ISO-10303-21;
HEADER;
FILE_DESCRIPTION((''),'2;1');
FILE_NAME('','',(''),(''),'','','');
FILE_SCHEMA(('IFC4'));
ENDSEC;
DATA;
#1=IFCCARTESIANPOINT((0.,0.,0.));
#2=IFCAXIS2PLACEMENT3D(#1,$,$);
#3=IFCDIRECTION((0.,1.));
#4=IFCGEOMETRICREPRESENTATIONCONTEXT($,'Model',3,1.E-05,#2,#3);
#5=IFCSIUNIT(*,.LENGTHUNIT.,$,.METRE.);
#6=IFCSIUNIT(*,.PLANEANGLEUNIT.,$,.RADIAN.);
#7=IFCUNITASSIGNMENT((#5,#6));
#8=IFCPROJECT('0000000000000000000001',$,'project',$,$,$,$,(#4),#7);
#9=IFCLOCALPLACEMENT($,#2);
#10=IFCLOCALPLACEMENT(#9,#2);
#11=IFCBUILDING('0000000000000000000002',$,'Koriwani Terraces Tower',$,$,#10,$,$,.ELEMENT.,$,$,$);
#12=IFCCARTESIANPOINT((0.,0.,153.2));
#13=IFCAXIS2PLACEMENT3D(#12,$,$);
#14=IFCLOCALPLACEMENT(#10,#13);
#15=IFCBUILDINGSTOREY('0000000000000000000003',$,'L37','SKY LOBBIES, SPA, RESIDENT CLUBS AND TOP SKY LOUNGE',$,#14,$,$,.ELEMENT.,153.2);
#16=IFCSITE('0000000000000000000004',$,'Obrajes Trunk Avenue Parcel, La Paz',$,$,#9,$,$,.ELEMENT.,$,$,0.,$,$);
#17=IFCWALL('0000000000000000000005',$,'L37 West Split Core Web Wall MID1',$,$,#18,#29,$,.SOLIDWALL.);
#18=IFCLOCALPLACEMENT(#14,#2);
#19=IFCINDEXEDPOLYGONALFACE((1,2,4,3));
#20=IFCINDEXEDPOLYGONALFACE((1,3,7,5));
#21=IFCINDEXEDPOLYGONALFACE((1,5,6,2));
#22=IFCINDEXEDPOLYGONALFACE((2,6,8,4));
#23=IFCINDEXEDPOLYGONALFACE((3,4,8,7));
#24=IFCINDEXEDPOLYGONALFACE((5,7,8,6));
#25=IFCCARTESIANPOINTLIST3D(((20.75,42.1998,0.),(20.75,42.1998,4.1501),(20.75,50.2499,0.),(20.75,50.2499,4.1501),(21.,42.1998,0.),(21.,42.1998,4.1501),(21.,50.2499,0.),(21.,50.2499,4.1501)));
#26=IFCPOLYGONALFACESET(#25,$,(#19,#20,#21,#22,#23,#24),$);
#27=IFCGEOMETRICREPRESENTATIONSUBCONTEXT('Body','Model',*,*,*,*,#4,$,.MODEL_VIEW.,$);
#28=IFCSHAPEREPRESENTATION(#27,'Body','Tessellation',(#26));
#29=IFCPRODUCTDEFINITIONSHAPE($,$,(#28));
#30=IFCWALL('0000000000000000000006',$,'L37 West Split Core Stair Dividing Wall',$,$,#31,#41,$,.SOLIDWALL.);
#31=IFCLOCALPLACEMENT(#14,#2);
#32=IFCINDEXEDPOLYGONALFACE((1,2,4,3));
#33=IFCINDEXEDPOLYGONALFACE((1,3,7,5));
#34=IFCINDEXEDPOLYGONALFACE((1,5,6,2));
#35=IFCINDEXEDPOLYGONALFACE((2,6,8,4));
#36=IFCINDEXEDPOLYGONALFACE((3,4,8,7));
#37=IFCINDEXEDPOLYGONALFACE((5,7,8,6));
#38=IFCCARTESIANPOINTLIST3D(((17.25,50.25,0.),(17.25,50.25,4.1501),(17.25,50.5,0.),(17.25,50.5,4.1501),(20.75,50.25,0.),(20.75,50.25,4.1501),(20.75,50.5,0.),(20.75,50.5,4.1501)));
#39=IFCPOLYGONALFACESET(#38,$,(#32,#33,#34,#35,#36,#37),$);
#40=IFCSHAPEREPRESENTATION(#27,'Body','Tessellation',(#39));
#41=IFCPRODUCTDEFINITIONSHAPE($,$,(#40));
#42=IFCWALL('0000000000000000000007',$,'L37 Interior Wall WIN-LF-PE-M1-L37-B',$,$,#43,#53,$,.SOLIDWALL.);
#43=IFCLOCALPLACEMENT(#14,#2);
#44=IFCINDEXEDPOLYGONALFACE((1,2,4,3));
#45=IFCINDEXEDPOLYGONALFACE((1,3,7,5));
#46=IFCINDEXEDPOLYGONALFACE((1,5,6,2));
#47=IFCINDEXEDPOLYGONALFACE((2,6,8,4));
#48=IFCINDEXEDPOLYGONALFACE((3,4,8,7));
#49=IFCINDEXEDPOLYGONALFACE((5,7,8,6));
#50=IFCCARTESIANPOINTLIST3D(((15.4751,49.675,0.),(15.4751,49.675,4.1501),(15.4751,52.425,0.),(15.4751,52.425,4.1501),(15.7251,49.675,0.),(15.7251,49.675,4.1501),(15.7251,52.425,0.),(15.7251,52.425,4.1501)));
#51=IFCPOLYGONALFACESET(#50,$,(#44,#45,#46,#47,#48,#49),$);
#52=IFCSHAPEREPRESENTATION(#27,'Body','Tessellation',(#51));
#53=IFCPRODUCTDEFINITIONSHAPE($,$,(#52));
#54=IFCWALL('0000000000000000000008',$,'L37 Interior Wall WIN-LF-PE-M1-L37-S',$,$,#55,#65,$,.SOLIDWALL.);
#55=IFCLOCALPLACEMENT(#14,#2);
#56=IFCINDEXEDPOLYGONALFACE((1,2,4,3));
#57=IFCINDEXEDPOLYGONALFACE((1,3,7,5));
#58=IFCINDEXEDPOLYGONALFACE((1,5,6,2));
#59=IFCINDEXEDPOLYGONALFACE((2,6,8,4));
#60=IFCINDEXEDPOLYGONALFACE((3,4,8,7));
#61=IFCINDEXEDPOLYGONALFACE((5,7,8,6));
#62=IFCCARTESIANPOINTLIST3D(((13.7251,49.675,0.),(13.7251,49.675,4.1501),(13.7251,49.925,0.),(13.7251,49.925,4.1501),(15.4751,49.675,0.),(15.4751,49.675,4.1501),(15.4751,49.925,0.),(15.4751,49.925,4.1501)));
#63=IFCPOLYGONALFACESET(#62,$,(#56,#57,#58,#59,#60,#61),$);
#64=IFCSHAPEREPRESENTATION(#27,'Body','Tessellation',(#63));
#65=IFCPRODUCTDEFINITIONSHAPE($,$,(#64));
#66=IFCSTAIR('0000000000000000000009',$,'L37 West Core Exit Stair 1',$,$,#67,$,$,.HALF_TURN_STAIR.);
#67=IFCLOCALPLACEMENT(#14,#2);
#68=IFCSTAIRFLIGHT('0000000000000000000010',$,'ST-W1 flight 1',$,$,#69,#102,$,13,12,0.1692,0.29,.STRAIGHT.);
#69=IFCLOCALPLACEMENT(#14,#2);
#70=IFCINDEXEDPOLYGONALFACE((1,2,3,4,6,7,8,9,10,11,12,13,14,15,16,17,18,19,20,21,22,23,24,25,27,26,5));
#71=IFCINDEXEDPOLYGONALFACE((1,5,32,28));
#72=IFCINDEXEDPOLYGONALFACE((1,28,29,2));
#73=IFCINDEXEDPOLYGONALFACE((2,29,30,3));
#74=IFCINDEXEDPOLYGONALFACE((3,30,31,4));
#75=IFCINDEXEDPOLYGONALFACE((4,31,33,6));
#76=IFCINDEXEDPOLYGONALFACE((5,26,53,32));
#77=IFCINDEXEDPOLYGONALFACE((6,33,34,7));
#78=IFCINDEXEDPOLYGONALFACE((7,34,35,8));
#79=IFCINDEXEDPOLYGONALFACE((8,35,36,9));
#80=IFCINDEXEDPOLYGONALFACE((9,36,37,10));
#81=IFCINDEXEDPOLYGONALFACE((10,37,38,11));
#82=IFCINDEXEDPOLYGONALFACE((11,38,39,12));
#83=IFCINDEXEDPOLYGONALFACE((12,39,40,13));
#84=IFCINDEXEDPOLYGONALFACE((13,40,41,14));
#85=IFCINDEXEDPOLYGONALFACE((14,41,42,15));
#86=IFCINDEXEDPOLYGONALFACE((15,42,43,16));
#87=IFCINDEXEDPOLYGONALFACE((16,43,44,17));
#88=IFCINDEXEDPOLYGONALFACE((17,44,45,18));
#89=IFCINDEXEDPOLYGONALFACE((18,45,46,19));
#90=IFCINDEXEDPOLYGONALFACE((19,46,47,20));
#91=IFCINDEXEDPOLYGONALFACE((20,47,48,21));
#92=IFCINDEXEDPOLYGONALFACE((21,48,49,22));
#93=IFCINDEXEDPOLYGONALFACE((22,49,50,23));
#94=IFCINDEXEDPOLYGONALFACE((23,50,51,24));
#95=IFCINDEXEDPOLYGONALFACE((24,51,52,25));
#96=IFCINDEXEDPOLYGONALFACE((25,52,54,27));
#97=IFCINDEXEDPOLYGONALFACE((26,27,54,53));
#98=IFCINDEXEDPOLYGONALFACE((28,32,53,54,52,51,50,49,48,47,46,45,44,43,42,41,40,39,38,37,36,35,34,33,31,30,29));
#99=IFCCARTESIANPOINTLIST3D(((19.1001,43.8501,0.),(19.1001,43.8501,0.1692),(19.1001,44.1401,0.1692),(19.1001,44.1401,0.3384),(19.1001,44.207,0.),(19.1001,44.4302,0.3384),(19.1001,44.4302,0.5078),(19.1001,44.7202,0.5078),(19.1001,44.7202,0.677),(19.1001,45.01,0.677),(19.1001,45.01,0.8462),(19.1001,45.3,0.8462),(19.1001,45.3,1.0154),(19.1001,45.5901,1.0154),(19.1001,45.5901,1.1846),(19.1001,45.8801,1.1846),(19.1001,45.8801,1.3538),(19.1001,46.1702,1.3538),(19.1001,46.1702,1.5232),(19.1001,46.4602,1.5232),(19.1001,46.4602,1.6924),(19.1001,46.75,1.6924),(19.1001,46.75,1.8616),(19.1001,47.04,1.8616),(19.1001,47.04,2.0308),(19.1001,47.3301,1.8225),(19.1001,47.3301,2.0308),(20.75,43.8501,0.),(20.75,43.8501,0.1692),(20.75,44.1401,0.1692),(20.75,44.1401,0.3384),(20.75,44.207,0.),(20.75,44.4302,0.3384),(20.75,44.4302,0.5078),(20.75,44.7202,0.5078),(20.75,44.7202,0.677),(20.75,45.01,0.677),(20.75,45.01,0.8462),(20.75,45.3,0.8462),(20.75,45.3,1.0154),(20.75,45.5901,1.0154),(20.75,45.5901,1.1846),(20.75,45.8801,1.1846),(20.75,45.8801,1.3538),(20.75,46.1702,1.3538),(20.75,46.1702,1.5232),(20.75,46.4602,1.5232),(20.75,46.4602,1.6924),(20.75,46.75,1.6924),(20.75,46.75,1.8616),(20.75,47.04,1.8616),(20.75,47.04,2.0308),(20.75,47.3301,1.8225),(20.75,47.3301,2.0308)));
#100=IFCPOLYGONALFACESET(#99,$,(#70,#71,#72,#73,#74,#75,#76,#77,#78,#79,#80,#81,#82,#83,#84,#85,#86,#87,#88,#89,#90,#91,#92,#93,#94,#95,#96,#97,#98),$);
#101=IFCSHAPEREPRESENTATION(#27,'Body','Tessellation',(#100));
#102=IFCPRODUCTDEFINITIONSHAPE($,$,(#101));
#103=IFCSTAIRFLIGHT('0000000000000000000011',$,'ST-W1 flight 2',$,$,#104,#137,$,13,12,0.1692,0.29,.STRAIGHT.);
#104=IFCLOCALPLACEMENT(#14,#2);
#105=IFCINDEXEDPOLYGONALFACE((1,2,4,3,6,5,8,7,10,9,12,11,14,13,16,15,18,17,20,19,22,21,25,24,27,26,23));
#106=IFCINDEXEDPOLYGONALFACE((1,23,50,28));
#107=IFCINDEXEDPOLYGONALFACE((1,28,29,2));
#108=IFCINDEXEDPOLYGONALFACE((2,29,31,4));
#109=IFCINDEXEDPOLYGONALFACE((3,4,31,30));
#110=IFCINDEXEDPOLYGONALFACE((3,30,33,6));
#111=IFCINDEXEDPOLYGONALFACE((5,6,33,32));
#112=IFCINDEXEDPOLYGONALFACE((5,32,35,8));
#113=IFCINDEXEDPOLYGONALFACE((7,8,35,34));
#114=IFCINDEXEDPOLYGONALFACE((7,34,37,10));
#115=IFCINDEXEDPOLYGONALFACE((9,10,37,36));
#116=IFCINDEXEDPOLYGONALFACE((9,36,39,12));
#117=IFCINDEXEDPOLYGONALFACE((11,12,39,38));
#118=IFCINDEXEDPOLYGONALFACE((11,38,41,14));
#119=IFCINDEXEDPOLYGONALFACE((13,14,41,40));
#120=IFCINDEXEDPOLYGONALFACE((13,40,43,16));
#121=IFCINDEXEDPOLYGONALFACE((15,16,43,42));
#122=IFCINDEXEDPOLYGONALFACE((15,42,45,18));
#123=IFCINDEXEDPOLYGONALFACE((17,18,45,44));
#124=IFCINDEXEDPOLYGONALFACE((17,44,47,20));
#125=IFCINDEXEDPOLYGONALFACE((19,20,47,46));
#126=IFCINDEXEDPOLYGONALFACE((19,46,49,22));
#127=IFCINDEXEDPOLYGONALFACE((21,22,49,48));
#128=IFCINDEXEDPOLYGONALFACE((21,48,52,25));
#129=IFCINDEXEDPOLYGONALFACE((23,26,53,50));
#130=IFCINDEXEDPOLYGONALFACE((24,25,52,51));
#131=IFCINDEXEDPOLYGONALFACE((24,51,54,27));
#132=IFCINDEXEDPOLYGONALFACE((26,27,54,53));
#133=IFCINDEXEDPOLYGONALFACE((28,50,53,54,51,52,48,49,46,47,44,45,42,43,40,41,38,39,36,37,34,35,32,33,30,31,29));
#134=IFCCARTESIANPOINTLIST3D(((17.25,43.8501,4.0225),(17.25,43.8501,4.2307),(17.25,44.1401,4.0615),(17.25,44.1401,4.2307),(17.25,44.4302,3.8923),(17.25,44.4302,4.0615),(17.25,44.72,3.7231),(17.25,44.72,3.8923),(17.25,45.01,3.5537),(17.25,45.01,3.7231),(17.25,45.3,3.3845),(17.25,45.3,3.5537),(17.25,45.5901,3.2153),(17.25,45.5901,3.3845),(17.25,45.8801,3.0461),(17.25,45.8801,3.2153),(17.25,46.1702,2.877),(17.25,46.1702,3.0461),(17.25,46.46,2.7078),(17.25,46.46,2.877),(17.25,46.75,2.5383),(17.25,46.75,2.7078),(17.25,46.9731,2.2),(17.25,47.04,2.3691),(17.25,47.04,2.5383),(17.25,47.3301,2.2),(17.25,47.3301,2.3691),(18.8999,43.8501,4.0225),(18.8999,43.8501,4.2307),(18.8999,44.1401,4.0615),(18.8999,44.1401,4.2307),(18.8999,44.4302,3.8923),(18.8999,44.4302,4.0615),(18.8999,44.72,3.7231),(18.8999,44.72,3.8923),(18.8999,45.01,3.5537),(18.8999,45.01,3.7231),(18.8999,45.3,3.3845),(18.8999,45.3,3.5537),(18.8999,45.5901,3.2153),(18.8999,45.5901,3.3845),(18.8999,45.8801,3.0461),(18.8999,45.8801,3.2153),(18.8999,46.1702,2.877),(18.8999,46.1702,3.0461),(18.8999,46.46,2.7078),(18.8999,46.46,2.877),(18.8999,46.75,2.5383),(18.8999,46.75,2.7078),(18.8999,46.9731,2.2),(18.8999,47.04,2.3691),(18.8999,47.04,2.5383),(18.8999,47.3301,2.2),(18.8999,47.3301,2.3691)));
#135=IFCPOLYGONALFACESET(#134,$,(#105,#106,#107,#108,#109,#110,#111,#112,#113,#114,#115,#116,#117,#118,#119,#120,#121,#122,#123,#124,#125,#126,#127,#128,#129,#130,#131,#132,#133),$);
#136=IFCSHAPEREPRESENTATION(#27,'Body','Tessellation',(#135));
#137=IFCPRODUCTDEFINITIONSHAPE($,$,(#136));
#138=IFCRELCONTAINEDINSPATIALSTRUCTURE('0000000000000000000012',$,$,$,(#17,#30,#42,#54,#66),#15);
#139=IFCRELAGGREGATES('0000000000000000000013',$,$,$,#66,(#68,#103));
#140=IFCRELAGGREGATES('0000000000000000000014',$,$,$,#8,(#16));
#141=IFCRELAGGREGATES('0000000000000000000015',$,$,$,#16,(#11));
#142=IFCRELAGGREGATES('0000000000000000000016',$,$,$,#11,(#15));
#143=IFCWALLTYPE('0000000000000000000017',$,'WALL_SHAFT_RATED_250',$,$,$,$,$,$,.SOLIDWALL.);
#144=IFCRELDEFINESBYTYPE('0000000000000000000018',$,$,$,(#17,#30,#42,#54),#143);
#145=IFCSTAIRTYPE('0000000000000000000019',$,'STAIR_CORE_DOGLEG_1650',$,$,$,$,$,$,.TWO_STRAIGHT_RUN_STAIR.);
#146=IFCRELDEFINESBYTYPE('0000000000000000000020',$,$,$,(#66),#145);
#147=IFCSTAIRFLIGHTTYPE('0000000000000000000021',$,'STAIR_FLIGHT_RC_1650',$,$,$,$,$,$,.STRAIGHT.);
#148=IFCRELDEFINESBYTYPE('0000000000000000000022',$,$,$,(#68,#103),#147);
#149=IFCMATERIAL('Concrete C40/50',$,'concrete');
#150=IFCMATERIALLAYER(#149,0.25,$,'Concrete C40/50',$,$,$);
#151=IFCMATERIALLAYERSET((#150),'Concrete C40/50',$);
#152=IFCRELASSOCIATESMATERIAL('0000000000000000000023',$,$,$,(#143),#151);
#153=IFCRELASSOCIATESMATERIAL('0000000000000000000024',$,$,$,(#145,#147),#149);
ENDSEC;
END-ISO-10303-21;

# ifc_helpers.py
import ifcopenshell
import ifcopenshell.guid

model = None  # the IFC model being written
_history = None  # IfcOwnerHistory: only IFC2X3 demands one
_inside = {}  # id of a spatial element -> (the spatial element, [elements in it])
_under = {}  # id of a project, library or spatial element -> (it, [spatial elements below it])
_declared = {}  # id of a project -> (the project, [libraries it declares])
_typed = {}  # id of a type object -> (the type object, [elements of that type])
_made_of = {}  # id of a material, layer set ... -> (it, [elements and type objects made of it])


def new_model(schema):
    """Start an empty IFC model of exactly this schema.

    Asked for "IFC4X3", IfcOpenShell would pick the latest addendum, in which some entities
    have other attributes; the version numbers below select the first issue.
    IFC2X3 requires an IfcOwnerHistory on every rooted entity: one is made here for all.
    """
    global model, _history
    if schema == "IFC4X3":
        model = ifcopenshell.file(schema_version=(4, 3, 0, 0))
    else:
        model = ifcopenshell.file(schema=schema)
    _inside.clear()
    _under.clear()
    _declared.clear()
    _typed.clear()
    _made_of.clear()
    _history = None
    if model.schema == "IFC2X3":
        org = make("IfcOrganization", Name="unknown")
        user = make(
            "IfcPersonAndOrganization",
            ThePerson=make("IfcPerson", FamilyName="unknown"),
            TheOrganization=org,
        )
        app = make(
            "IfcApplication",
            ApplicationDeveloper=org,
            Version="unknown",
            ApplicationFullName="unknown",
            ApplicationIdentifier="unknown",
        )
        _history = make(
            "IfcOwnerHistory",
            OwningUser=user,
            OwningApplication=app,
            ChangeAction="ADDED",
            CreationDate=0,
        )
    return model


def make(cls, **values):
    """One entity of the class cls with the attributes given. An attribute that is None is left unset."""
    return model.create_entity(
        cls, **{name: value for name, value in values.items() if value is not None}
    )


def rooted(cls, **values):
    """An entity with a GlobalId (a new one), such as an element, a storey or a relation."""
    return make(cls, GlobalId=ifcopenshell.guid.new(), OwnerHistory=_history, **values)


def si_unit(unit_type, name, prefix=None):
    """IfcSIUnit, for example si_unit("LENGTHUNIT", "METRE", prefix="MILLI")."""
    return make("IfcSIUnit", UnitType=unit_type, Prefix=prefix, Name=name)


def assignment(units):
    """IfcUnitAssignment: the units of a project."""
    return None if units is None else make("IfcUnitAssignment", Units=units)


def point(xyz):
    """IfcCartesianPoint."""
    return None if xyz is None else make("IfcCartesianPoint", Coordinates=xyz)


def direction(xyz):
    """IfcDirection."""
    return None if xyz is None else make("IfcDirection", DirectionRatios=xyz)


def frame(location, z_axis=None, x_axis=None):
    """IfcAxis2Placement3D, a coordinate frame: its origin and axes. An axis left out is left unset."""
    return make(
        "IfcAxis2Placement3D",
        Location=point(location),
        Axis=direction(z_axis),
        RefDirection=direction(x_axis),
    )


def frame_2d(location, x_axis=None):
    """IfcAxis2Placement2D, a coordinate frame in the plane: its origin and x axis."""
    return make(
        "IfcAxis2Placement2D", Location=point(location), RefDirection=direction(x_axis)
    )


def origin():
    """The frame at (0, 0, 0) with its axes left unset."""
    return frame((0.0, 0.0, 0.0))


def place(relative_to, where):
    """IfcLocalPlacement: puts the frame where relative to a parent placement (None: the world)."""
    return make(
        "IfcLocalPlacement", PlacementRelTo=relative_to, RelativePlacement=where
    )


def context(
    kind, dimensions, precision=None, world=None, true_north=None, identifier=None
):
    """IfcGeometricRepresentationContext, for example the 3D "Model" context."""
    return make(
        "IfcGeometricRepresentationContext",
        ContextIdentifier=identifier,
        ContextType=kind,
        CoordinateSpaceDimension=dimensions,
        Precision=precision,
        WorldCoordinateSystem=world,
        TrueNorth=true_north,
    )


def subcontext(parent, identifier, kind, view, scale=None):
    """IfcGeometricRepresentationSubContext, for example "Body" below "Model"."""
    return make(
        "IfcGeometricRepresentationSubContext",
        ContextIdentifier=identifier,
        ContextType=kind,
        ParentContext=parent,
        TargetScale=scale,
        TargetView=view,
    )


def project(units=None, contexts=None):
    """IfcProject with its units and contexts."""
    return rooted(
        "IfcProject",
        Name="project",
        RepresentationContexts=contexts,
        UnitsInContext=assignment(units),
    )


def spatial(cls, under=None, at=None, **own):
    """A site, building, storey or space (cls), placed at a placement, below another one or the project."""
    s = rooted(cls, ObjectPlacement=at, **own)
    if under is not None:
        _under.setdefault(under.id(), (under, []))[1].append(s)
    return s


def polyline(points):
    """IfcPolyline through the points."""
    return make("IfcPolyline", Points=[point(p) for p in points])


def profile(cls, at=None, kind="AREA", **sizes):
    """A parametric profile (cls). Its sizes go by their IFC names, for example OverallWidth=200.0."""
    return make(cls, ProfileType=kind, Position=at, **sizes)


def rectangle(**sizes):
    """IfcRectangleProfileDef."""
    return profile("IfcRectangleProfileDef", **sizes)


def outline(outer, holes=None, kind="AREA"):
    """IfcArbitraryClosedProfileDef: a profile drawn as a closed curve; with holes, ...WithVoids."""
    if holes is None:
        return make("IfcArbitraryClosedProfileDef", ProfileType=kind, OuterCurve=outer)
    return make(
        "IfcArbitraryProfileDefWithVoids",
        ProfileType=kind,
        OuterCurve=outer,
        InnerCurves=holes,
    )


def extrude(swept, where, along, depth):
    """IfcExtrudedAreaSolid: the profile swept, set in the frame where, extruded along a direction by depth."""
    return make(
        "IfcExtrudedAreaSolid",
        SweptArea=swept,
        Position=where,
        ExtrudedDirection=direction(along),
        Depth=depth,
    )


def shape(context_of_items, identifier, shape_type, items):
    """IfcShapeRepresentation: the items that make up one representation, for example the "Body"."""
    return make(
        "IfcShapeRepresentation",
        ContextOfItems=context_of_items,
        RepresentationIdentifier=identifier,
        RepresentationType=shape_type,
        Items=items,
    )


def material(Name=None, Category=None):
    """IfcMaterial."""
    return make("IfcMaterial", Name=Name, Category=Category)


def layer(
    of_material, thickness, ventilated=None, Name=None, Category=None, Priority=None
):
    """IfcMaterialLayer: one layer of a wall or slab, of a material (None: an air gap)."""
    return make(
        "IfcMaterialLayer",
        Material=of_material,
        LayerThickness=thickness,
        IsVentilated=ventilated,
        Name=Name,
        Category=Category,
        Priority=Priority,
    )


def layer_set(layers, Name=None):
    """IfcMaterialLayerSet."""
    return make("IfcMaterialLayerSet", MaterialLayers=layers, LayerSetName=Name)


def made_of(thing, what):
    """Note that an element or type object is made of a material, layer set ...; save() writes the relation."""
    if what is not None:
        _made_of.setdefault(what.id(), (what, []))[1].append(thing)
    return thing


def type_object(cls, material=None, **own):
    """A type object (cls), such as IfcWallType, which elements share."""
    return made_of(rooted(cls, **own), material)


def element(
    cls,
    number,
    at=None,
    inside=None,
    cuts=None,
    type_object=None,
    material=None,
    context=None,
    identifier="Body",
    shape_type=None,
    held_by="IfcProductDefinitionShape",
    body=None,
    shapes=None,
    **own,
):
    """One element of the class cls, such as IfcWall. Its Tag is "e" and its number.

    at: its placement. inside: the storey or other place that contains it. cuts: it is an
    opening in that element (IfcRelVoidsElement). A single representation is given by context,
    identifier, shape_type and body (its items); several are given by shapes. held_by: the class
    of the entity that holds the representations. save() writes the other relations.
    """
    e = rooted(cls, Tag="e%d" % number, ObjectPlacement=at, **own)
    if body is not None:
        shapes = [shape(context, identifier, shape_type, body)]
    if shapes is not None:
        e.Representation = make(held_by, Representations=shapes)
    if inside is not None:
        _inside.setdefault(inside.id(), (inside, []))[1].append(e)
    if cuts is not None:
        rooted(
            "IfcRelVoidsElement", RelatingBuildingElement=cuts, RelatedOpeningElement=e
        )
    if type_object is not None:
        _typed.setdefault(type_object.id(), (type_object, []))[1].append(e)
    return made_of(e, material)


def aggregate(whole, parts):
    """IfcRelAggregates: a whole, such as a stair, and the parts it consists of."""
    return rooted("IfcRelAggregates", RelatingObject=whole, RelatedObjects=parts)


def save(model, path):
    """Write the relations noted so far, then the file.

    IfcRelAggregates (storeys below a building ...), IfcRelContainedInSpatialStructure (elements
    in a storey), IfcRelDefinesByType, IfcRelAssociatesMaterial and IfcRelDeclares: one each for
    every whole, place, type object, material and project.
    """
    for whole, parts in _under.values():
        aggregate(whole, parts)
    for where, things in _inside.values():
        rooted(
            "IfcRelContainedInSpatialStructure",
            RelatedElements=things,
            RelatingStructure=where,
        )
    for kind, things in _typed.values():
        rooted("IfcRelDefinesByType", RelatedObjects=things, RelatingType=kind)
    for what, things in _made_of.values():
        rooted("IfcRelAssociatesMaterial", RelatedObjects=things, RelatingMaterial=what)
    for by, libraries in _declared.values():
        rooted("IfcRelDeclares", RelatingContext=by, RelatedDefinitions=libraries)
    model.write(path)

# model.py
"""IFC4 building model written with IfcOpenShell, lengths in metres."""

from ifc_helpers import new_model, si_unit, direction, frame, frame_2d, origin, place, context, subcontext, project, spatial, polyline, rectangle, outline, extrude, material, layer, layer_set, type_object, element, aggregate, save


model = new_model("IFC4")

# Units and contexts
model_context = context("Model", 3, precision=1e-05, world=origin(), true_north=direction((0.0, 1.0)))
body_context = subcontext(model_context, "Body", "Model", "MODEL_VIEW")
ifc_project = project(units=[si_unit("LENGTHUNIT", "METRE"), si_unit("PLANEANGLEUNIT", "RADIAN")], contexts=[model_context])

# Site, building, storey
site_placement = place(None, origin())
site = spatial("IfcSite", under=ifc_project, at=site_placement, Name="Obrajes Trunk Avenue Parcel, La Paz", CompositionType="ELEMENT", RefElevation=0.0)
building_placement = place(site_placement, origin())
building = spatial("IfcBuilding", under=site, at=building_placement, Name="Koriwani Terraces Tower", CompositionType="ELEMENT")
storey_placement = place(building_placement, frame((0.0, 0.0, 153.2)))
storey = spatial("IfcBuildingStorey", under=building, at=storey_placement, Name="L37", Description="SKY LOBBIES, SPA, RESIDENT CLUBS AND TOP SKY LOUNGE", CompositionType="ELEMENT", Elevation=153.2)

# Shared definitions
ifc_material_1 = material(Name="Concrete C40/50", Category="concrete")

# Walls
ifc_layer_1 = layer(ifc_material_1, 0.25, Name="Concrete C40/50")
ifc_layer_set_1 = layer_set([ifc_layer_1], Name="Concrete C40/50")
wall_type_1 = type_object("IfcWallType", Name="WALL_SHAFT_RATED_250", PredefinedType="SOLIDWALL", material=ifc_layer_set_1)
wall_1_placement = place(storey_placement, frame((20.875, 42.2, 0.0), z_axis=(0.0, 0.0, 1.0), x_axis=(0.0, 1.0, 0.0)))
element("IfcWall", 1, at=wall_1_placement, inside=storey, type_object=wall_type_1, Name="L37 West Split Core Web Wall MID1", PredefinedType="SOLIDWALL", context=body_context, shape_type="SweptSolid", body=[
    extrude(rectangle(XDim=8.05, YDim=0.25, at=frame_2d((4.0249, 0.0))), origin(), (0.0, 0.0, 1.0), 4.1501),
])
wall_2_placement = place(storey_placement, frame((17.25, 50.375, 0.0), z_axis=(0.0, 0.0, 1.0), x_axis=(1.0, 0.0, 0.0)))
element("IfcWall", 2, at=wall_2_placement, inside=storey, type_object=wall_type_1, Name="L37 West Split Core Stair Dividing Wall", PredefinedType="SOLIDWALL", context=body_context, shape_type="SweptSolid", body=[
    extrude(rectangle(XDim=3.5, YDim=0.25, at=frame_2d((1.75, 0.0))), origin(), (0.0, 0.0, 1.0), 4.1501),
])

# Walls
wall_3_placement = place(storey_placement, frame((15.6001, 49.675, 0.0), z_axis=(0.0, 0.0, 1.0), x_axis=(0.0, 1.0, 0.0)))
element("IfcWall", 3, at=wall_3_placement, inside=storey, type_object=wall_type_1, Name="L37 Interior Wall WIN-LF-PE-M1-L37-B", PredefinedType="SOLIDWALL", context=body_context, shape_type="SweptSolid", body=[
    extrude(rectangle(XDim=2.75, YDim=0.25, at=frame_2d((1.375, 0.0))), origin(), (0.0, 0.0, 1.0), 4.1501),
])
wall_4_placement = place(storey_placement, frame((13.7251, 49.8, 0.0), z_axis=(0.0, 0.0, 1.0), x_axis=(1.0, 0.0, 0.0)))
element("IfcWall", 4, at=wall_4_placement, inside=storey, type_object=wall_type_1, Name="L37 Interior Wall WIN-LF-PE-M1-L37-S", PredefinedType="SOLIDWALL", context=body_context, shape_type="SweptSolid", body=[
    extrude(rectangle(XDim=1.75, YDim=0.25, at=frame_2d((0.875, 0.0))), origin(), (0.0, 0.0, 1.0), 4.1501),
])

# Stair, stair flights
stair_type = type_object("IfcStairType", Name="STAIR_CORE_DOGLEG_1650", PredefinedType="TWO_STRAIGHT_RUN_STAIR", material=ifc_material_1)
stair_placement = place(storey_placement, origin())
stair = element("IfcStair", 5, at=stair_placement, inside=storey, type_object=stair_type, Name="L37 West Core Exit Stair 1", PredefinedType="HALF_TURN_STAIR")
stair_flight_type = type_object("IfcStairFlightType", Name="STAIR_FLIGHT_RC_1650", PredefinedType="STRAIGHT", material=ifc_material_1)
stair_flight_1_placement = place(storey_placement, frame((19.925, 43.8501, 0.0), z_axis=(0.0, 0.0, 1.0), x_axis=(0.0, 1.0, 0.0)))
stair_flight_1 = element("IfcStairFlight", 6, at=stair_flight_1_placement, type_object=stair_flight_type, Name="ST-W1 flight 1", NumberOfRisers=13, NumberOfTreads=12, PredefinedType="STRAIGHT", RiserHeight=0.1692, TreadLength=0.29, context=body_context, shape_type="SweptSolid", body=[
    extrude(outline(polyline([(0.0, 0.0), (0.0, 0.1692), (0.29, 0.1692), (0.29, 0.3384), (0.5801, 0.3384), (0.5801, 0.5078), (0.8701, 0.5078), (0.8701, 0.677), (1.1599, 0.677), (1.1599, 0.8462), (1.45, 0.8462), (1.45, 1.0154), (1.74, 1.0154), (1.74, 1.1846), (2.03, 1.1846), (2.03, 1.3538), (2.3201, 1.3538), (2.3201, 1.5232), (2.6101, 1.5232), (2.6101, 1.6924), (2.8999, 1.6924), (2.8999, 1.8616), (3.1899, 1.8616), (3.1899, 2.0308), (3.48, 2.0308), (3.48, 2.2), (3.48, 1.8225), (0.3569, 0.0), (0.0, 0.0)])), frame((0.0, 0.825, 0.0), z_axis=(0.0, -1.0, 0.0), x_axis=(1.0, 0.0, 0.0)), (0.0, 0.0, 1.0), 1.6499),
])
stair_flight_2_placement = place(storey_placement, frame((18.075, 47.3301, 2.2), z_axis=(0.0, 0.0, 1.0), x_axis=(0.0, -1.0, 0.0)))
stair_flight_2 = element("IfcStairFlight", 7, at=stair_flight_2_placement, type_object=stair_flight_type, Name="ST-W1 flight 2", NumberOfRisers=13, NumberOfTreads=12, PredefinedType="STRAIGHT", RiserHeight=0.1692, TreadLength=0.29, context=body_context, shape_type="SweptSolid", body=[
    extrude(outline(polyline([(0.0, 0.0), (0.0, 0.1692), (0.29, 0.1692), (0.29, 0.3384), (0.5801, 0.3384), (0.5801, 0.5078), (0.8701, 0.5078), (0.8701, 0.677), (1.1599, 0.677), (1.1599, 0.8462), (1.45, 0.8462), (1.45, 1.0154), (1.74, 1.0154), (1.74, 1.1846), (2.03, 1.1846), (2.03, 1.3538), (2.3201, 1.3538), (2.3201, 1.5232), (2.6101, 1.5232), (2.6101, 1.6924), (2.8999, 1.6924), (2.8999, 1.8616), (3.1899, 1.8616), (3.1899, 2.0308), (3.48, 2.0308), (3.48, 2.2), (3.48, 1.8225), (0.3569, 0.0), (0.0, 0.0)])), frame((0.0, 0.825, 0.0), z_axis=(0.0, -1.0, 0.0), x_axis=(1.0, 0.0, 0.0)), (0.0, 0.0, 1.0), 1.6499),
])
aggregate(stair, [stair_flight_1, stair_flight_2])

save(model, "model.ifc")
